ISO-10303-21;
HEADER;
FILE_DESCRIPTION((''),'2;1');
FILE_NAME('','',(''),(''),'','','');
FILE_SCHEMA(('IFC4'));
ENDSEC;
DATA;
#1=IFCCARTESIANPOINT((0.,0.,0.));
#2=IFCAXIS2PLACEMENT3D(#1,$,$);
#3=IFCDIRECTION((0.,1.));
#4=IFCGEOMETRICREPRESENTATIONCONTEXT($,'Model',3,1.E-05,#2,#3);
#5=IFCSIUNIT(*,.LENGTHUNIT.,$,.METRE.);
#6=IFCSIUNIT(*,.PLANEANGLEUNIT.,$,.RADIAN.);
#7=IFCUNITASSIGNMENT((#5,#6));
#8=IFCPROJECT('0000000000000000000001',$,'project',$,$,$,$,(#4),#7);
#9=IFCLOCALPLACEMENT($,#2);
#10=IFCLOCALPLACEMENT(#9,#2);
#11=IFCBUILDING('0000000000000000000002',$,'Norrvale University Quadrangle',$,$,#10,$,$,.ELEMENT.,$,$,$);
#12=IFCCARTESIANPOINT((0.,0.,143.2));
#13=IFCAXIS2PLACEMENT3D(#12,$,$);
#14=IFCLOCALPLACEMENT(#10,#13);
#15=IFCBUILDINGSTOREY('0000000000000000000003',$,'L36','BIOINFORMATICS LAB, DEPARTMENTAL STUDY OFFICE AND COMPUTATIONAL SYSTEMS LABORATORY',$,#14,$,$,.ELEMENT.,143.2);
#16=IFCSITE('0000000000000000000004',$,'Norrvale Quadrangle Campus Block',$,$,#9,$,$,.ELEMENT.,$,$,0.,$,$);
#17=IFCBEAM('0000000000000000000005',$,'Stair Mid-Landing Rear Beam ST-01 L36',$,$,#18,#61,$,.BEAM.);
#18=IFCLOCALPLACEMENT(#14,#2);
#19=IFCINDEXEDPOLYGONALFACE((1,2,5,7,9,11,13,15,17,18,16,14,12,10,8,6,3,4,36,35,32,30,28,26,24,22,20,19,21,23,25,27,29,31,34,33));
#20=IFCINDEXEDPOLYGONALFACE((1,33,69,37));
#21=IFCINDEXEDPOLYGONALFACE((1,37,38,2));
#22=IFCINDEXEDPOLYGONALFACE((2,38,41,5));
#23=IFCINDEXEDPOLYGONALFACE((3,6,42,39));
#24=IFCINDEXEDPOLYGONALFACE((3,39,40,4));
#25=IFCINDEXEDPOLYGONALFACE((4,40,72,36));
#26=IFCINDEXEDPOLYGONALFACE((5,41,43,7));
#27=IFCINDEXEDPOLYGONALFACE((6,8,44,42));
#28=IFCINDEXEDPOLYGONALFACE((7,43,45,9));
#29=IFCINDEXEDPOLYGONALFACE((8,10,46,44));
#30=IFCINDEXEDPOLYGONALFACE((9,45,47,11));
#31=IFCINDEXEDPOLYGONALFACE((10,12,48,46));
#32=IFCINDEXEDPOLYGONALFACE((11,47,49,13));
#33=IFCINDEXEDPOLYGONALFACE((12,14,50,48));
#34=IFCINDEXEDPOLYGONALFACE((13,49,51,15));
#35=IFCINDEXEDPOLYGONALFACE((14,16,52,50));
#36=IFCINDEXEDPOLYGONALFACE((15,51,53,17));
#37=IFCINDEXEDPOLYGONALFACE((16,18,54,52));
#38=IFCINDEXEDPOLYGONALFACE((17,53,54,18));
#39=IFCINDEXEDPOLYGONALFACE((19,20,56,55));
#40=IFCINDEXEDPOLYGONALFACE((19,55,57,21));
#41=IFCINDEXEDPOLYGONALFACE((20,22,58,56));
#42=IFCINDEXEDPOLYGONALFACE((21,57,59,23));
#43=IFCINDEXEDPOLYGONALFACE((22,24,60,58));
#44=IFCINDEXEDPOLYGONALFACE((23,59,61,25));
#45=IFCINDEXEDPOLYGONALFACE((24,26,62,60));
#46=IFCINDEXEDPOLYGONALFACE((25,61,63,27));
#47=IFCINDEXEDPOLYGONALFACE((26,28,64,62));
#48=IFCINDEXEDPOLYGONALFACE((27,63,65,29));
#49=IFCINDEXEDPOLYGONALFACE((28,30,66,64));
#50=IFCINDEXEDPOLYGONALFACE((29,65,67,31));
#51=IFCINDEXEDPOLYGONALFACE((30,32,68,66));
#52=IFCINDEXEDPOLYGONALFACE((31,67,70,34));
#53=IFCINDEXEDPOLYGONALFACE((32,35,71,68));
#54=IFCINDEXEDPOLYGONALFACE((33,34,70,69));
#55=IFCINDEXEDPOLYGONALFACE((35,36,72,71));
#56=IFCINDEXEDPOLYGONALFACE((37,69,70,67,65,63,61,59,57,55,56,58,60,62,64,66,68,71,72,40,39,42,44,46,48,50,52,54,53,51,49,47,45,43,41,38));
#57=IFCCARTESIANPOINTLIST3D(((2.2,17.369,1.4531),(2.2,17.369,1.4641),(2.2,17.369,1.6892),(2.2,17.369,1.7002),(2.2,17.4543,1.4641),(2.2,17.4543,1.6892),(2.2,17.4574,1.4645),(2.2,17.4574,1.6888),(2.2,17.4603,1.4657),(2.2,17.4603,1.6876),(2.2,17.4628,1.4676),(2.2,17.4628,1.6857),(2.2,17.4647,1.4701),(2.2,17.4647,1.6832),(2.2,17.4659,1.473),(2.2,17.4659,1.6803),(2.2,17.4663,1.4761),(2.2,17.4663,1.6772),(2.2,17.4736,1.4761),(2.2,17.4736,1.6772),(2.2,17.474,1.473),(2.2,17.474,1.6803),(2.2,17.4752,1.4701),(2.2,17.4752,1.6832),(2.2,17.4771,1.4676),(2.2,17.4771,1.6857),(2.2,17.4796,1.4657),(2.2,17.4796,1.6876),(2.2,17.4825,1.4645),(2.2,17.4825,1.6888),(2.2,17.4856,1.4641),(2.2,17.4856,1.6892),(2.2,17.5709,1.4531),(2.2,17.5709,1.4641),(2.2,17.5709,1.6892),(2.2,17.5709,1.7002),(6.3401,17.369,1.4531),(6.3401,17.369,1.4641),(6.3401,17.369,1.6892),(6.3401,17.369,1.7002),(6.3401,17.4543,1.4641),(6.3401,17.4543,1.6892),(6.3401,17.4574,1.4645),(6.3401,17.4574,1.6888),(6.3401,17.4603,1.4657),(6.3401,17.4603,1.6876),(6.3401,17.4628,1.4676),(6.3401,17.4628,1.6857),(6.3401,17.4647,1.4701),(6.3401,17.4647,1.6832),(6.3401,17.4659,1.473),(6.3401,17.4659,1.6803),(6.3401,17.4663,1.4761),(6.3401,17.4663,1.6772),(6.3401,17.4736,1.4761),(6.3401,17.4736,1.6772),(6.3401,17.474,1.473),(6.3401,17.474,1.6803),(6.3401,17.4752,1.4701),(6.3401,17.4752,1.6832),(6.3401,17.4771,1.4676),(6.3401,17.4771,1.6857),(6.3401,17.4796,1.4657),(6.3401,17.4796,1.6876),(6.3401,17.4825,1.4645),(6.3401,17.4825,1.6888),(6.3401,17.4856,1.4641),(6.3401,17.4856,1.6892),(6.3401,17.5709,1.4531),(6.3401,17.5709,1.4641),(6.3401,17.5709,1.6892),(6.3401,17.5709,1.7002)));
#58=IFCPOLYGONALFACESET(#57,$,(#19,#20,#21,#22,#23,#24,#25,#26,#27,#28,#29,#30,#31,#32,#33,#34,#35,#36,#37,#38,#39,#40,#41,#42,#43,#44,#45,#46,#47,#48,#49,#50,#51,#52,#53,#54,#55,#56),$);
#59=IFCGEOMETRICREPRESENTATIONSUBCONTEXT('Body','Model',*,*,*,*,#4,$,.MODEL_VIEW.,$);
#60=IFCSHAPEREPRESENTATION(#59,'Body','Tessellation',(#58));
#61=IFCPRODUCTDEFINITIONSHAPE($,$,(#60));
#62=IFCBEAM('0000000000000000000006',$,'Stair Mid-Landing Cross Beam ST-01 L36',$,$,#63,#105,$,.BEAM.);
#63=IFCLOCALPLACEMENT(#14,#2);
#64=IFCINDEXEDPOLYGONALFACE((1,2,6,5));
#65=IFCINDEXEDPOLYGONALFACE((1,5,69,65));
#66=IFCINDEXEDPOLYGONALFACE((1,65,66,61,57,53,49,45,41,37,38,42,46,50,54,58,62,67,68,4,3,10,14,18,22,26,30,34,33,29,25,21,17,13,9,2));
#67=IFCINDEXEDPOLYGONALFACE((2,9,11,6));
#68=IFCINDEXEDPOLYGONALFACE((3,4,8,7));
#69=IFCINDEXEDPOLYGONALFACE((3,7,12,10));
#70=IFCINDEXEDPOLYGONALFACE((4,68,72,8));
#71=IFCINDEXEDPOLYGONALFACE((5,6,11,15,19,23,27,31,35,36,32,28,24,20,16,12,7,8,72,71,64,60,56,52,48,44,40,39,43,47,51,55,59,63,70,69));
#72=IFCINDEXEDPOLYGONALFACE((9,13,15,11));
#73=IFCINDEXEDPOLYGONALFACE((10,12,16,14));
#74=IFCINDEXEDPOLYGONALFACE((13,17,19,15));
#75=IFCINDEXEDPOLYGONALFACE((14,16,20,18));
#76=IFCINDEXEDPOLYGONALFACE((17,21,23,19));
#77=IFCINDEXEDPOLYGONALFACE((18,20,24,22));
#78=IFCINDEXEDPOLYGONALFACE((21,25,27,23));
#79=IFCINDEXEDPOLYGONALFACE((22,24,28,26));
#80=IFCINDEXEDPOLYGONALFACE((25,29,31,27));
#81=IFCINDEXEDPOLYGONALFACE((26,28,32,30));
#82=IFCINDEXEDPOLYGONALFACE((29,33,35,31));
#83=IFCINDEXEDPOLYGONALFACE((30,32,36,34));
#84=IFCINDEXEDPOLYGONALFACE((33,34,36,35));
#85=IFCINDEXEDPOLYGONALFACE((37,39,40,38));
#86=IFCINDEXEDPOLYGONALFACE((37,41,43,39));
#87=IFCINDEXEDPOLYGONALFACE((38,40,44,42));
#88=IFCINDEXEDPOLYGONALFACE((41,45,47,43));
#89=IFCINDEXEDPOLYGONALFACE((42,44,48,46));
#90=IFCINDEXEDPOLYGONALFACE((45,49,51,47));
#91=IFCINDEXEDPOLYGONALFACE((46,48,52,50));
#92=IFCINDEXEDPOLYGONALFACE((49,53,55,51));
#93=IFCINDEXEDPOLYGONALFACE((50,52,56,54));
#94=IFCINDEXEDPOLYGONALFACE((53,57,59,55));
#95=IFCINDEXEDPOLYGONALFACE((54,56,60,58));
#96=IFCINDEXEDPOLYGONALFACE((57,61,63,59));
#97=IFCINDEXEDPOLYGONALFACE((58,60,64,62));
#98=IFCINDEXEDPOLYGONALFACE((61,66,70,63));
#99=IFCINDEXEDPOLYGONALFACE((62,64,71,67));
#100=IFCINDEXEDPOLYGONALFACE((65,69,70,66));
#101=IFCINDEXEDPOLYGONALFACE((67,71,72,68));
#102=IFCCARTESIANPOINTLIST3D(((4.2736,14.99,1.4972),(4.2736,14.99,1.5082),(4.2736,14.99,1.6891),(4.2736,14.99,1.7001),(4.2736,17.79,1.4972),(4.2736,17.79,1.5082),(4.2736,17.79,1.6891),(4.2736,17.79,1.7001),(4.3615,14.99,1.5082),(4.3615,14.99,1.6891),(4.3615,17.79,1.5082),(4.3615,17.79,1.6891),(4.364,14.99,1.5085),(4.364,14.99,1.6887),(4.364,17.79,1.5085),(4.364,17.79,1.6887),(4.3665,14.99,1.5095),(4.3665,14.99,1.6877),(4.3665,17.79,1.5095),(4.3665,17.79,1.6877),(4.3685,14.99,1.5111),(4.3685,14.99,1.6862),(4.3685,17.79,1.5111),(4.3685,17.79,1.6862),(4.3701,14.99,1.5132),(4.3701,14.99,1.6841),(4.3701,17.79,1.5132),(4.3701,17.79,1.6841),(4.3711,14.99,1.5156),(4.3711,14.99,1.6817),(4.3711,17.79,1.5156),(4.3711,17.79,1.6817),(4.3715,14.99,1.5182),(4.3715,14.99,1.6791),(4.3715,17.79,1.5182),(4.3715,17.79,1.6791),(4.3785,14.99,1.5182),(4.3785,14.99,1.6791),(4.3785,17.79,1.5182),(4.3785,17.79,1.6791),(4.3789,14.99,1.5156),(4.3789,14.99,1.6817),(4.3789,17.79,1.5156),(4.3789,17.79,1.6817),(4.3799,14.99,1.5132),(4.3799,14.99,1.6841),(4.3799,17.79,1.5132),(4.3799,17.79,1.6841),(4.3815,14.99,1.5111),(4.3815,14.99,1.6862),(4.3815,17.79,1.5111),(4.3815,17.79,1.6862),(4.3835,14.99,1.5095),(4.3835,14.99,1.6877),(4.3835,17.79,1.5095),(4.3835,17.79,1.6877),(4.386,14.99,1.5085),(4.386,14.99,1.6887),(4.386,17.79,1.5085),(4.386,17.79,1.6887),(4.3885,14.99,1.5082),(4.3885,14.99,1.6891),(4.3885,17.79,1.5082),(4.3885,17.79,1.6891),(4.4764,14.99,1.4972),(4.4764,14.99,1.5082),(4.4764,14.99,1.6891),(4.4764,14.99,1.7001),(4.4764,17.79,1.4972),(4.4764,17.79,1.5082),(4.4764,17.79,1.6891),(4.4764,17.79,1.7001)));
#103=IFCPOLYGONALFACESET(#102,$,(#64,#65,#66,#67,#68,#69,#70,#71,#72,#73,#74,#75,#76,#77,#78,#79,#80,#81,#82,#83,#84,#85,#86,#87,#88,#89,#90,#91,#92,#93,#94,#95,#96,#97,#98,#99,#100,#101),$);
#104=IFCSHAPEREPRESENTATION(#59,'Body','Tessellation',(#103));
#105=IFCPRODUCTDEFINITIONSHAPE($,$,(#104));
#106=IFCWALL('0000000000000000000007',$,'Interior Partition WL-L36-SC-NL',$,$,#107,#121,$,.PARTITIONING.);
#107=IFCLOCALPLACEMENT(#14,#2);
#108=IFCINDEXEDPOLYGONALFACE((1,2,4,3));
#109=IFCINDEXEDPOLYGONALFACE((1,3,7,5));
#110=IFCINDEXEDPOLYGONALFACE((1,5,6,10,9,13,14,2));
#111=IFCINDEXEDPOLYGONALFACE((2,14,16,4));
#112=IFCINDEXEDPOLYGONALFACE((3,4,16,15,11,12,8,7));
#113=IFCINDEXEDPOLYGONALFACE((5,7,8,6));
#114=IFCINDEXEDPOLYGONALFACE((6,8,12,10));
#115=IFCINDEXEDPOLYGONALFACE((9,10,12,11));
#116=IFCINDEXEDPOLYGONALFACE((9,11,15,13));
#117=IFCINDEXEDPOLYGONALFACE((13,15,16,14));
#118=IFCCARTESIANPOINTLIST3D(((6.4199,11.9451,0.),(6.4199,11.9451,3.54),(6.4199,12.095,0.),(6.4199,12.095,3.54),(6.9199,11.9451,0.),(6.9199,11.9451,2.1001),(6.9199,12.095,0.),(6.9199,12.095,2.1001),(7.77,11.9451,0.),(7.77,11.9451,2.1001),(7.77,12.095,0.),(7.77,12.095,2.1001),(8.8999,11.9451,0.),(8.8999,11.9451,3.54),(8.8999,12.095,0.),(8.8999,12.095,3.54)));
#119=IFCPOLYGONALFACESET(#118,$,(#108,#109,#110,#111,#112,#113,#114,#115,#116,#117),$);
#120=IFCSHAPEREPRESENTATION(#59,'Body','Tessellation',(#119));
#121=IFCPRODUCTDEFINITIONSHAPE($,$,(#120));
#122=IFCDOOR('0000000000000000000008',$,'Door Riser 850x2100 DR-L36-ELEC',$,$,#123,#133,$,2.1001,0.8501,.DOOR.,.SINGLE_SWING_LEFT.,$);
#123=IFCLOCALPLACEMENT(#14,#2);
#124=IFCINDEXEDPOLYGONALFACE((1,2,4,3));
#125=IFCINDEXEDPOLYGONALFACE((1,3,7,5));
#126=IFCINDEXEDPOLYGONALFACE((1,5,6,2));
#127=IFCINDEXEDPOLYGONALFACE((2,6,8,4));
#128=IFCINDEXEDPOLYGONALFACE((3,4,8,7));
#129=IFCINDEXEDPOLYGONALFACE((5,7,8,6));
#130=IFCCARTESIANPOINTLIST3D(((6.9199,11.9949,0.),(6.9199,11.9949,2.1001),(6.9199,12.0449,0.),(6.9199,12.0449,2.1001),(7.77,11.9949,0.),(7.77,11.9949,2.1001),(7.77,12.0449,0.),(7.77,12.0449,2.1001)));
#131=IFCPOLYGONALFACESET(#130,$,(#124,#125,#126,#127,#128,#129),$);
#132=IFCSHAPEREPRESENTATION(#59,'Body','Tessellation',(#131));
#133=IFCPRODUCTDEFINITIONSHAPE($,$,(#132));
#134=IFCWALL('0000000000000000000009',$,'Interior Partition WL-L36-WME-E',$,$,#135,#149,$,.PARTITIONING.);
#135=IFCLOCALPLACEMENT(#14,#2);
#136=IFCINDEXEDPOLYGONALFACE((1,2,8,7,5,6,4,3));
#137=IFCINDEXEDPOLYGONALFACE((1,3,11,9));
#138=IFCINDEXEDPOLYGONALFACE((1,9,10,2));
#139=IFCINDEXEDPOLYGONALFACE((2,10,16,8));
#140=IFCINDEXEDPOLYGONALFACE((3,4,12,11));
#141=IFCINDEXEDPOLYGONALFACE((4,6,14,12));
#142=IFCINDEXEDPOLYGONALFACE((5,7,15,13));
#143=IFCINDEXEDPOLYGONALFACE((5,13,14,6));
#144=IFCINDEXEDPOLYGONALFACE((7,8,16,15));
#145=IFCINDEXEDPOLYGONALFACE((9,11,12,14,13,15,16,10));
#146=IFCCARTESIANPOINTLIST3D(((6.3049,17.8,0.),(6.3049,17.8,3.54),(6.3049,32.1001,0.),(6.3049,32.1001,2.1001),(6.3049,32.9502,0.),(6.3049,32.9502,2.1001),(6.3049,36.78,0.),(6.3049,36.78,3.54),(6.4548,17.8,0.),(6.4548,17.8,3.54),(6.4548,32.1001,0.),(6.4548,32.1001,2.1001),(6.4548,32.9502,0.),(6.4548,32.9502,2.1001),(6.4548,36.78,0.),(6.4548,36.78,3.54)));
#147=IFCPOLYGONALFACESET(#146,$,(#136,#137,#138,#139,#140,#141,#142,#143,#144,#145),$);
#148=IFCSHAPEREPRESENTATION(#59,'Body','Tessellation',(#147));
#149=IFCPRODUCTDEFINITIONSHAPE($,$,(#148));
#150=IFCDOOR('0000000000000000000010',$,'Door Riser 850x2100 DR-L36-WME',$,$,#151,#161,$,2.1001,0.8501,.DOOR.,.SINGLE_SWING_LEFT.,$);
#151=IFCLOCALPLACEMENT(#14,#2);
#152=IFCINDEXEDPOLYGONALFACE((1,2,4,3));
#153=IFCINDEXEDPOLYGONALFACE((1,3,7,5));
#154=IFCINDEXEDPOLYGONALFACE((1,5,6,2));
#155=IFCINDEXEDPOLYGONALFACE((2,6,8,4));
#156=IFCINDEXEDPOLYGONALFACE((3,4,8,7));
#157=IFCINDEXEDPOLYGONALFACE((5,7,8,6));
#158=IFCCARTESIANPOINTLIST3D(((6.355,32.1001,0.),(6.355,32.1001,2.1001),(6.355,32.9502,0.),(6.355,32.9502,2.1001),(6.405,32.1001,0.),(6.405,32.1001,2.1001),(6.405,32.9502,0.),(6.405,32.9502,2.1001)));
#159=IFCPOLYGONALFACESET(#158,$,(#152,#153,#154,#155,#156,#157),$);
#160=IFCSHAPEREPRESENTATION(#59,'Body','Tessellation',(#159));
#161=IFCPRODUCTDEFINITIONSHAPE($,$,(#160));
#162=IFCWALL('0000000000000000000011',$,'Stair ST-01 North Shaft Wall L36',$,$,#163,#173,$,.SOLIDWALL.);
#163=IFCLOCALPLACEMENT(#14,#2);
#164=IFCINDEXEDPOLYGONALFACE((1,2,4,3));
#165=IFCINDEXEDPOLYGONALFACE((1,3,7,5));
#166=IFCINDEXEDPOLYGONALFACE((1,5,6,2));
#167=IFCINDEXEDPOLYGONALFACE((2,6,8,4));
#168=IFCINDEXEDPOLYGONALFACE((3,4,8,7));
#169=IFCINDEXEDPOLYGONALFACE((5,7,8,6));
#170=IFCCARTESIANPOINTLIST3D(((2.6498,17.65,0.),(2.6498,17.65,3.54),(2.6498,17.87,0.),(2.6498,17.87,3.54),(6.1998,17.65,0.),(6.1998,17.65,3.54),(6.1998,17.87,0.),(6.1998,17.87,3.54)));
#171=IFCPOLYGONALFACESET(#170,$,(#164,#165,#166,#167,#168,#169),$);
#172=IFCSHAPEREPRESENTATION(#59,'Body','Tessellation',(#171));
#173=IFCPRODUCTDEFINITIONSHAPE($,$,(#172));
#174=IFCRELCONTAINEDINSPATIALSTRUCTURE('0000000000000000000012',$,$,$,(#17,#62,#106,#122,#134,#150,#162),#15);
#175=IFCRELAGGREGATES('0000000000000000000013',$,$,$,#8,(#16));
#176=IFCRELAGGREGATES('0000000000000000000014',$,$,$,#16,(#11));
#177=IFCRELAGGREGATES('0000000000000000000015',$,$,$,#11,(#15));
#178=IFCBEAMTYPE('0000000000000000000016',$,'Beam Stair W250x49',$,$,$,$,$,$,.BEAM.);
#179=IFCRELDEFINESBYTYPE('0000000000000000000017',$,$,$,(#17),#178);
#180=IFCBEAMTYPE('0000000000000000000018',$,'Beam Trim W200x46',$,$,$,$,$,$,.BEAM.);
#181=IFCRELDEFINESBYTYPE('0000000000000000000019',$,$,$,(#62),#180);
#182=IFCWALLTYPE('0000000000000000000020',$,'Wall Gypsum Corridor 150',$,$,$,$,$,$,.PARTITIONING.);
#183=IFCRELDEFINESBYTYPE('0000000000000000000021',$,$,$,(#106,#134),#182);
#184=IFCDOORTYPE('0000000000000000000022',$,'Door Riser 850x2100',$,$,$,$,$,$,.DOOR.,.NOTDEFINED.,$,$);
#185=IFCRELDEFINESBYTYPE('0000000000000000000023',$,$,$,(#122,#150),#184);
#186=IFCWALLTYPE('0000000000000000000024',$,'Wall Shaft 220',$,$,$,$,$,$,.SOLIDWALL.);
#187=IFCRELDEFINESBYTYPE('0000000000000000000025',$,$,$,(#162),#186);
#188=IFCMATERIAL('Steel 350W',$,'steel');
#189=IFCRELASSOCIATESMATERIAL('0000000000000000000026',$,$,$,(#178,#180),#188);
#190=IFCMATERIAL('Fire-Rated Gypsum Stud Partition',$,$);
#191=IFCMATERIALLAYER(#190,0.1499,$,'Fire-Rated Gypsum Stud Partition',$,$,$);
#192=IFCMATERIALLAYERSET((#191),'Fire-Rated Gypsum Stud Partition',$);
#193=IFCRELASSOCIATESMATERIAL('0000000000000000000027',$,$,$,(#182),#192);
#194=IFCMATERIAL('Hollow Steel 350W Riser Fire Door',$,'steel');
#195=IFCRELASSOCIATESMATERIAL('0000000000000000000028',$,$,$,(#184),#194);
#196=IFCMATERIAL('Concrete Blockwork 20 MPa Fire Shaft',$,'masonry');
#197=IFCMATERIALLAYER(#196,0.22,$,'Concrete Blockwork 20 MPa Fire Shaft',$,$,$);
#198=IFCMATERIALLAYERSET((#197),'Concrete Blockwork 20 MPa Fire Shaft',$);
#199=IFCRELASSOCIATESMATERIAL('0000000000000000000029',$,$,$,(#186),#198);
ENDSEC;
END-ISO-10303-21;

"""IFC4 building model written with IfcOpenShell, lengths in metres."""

from ifc_helpers import new_model, si_unit, direction, frame, frame_2d, origin, origin_2d, place, context, subcontext, project, spatial, rectangle, i_section, extrude, material, layer, layer_set, material_profile, profile_set, type_object, element, fill, save


model = new_model("IFC4")

# Units and contexts
model_context = context("Model", 3, precision=1e-05, world=origin(), true_north=direction((0.0, 1.0)))
body_context = subcontext(model_context, "Body", "Model", "MODEL_VIEW")
ifc_project = project(units=[si_unit("LENGTHUNIT", "METRE"), si_unit("PLANEANGLEUNIT", "RADIAN")], contexts=[model_context])

# Site, building, storey
site_placement = place(None, origin())
site = spatial("IfcSite", under=ifc_project, at=site_placement, Name="Norrvale Quadrangle Campus Block", CompositionType="ELEMENT", RefElevation=0.0)
building_placement = place(site_placement, origin())
building = spatial("IfcBuilding", under=site, at=building_placement, Name="Norrvale University Quadrangle", CompositionType="ELEMENT")
storey_placement = place(building_placement, frame((0.0, 0.0, 143.2)))
storey = spatial("IfcBuildingStorey", under=building, at=storey_placement, Name="L36", Description="BIOINFORMATICS LAB, DEPARTMENTAL STUDY OFFICE AND COMPUTATIONAL SYSTEMS LABORATORY", CompositionType="ELEMENT", Elevation=143.2)

# Beams
ifc_material_1 = material(Name="Steel 350W", Category="steel")
ifc_material_profile_1 = material_profile(ifc_material_1, i_section(OverallWidth=0.2019, OverallDepth=0.2471, WebThickness=0.0073, FlangeThickness=0.011, FilletRadius=0.012, at=origin_2d()), Name="Steel 350W")
ifc_profile_set_1 = profile_set([ifc_material_profile_1], Name="Steel 350W")
beam_type_1 = type_object("IfcBeamType", Name="Beam Stair W250x49", PredefinedType="BEAM", material=ifc_profile_set_1)
for number, where, z_axis, x_axis, name in (
    (1, (2.2, 17.47, 1.5767), (1.0, 0.0, 0.0), (0.0, 1.0, 0.0), "Stair Mid-Landing Rear Beam ST-01 L36"),
):
    element("IfcBeam", number, at=place(storey_placement, frame(where, z_axis=z_axis, x_axis=x_axis)), inside=storey, type_object=beam_type_1, Name=name, PredefinedType="BEAM", context=body_context, shape_type="SweptSolid", body=[
        extrude(i_section(OverallWidth=0.2019, OverallDepth=0.2471, WebThickness=0.0073, FlangeThickness=0.011, FilletRadius=0.012, at=origin_2d()), origin(), (0.0, 0.0, 1.0), 4.1401),
    ])
ifc_material_profile_2 = material_profile(ifc_material_1, i_section(OverallWidth=0.2029, OverallDepth=0.2029, WebThickness=0.0071, FlangeThickness=0.011, FilletRadius=0.01, at=origin_2d()), Name="Steel 350W")
ifc_profile_set_2 = profile_set([ifc_material_profile_2], Name="Steel 350W")
beam_type_2 = type_object("IfcBeamType", Name="Beam Trim W200x46", PredefinedType="BEAM", material=ifc_profile_set_2)
beam_1_placement = place(storey_placement, frame((4.375, 14.99, 1.5986), z_axis=(0.0, 1.0, 0.0), x_axis=(-1.0, 0.0, 0.0)))
element("IfcBeam", 2, at=beam_1_placement, inside=storey, type_object=beam_type_2, Name="Stair Mid-Landing Cross Beam ST-01 L36", PredefinedType="BEAM", context=body_context, shape_type="SweptSolid", body=[
    extrude(i_section(OverallWidth=0.2029, OverallDepth=0.2029, WebThickness=0.0071, FlangeThickness=0.011, FilletRadius=0.01, at=origin_2d()), origin(), (0.0, 0.0, 1.0), 2.8),
])

# Walls, openings, doors
ifc_material_2 = material(Name="Fire-Rated Gypsum Stud Partition")
ifc_layer_1 = layer(ifc_material_2, 0.1499, Name="Fire-Rated Gypsum Stud Partition")
ifc_layer_set_1 = layer_set([ifc_layer_1], Name="Fire-Rated Gypsum Stud Partition")
wall_type_1 = type_object("IfcWallType", Name="Wall Gypsum Corridor 150", PredefinedType="PARTITIONING", material=ifc_layer_set_1)
wall_1_placement = place(storey_placement, frame((6.4199, 12.02, 0.0), z_axis=(0.0, 0.0, 1.0), x_axis=(1.0, 0.0, 0.0)))
wall_1 = element("IfcWall", 3, at=wall_1_placement, inside=storey, type_object=wall_type_1, Name="Interior Partition WL-L36-SC-NL", PredefinedType="PARTITIONING", context=body_context, shape_type="SweptSolid", body=[
    extrude(rectangle(XDim=2.48, YDim=0.1499, at=frame_2d((1.24, 0.0))), origin(), (0.0, 0.0, 1.0), 3.54),
])
opening_1_placement = place(wall_1_placement, frame((0.5, 0.0, 0.0)))
opening_1 = element("IfcOpeningElement", 4, at=opening_1_placement, cuts=wall_1, PredefinedType="OPENING", context=body_context, shape_type="SweptSolid", body=[
    extrude(rectangle(XDim=0.8501, YDim=2.1001, at=frame_2d((0.425, 1.05))), frame((0.0, 0.0869, 0.0), z_axis=(0.0, -1.0, 0.0), x_axis=(1.0, 0.0, 0.0)), (0.0, 0.0, 1.0), 0.1738),
])
ifc_material_3 = material(Name="Hollow Steel 350W Riser Fire Door", Category="steel")
door_type = type_object("IfcDoorType", Name="Door Riser 850x2100", OperationType="NOTDEFINED", PredefinedType="DOOR", material=ifc_material_3)
door_1_placement = place(opening_1_placement, origin())
door_1 = element("IfcDoor", 5, at=door_1_placement, inside=storey, type_object=door_type, Name="Door Riser 850x2100 DR-L36-ELEC", OperationType="SINGLE_SWING_LEFT", OverallHeight=2.1001, OverallWidth=0.8501, PredefinedType="DOOR", context=body_context, shape_type="SweptSolid", body=[
    extrude(rectangle(XDim=0.8501, YDim=2.1001, at=frame_2d((0.425, 1.05))), frame((0.0, 0.0249, 0.0), z_axis=(0.0, -1.0, 0.0), x_axis=(1.0, 0.0, 0.0)), (0.0, 0.0, 1.0), 0.05),
])
fill(opening_1, door_1)
wall_2_placement = place(storey_placement, frame((6.3799, 17.8, 0.0), z_axis=(0.0, 0.0, 1.0), x_axis=(0.0, 1.0, 0.0)))
wall_2 = element("IfcWall", 6, at=wall_2_placement, inside=storey, type_object=wall_type_1, Name="Interior Partition WL-L36-WME-E", PredefinedType="PARTITIONING", context=body_context, shape_type="SweptSolid", body=[
    extrude(rectangle(XDim=18.98, YDim=0.1499, at=frame_2d((9.49, 0.0))), origin(), (0.0, 0.0, 1.0), 3.54),
])
opening_2_placement = place(wall_2_placement, frame((14.3, 0.0, 0.0)))
opening_2 = element("IfcOpeningElement", 7, at=opening_2_placement, cuts=wall_2, PredefinedType="OPENING", context=body_context, shape_type="SweptSolid", body=[
    extrude(rectangle(XDim=0.8501, YDim=2.1001, at=frame_2d((0.425, 1.05))), frame((0.0, 0.0869, 0.0), z_axis=(0.0, -1.0, 0.0), x_axis=(1.0, 0.0, 0.0)), (0.0, 0.0, 1.0), 0.1738),
])
door_2_placement = place(opening_2_placement, origin())
door_2 = element("IfcDoor", 8, at=door_2_placement, inside=storey, type_object=door_type, Name="Door Riser 850x2100 DR-L36-WME", OperationType="SINGLE_SWING_LEFT", OverallHeight=2.1001, OverallWidth=0.8501, PredefinedType="DOOR", context=body_context, shape_type="SweptSolid", body=[
    extrude(rectangle(XDim=0.8501, YDim=2.1001, at=frame_2d((0.425, 1.05))), frame((0.0, 0.0249, 0.0), z_axis=(0.0, -1.0, 0.0), x_axis=(1.0, 0.0, 0.0)), (0.0, 0.0, 1.0), 0.05),
])
fill(opening_2, door_2)

# Wall
ifc_material_4 = material(Name="Concrete Blockwork 20 MPa Fire Shaft", Category="masonry")
ifc_layer_2 = layer(ifc_material_4, 0.22, Name="Concrete Blockwork 20 MPa Fire Shaft")
ifc_layer_set_2 = layer_set([ifc_layer_2], Name="Concrete Blockwork 20 MPa Fire Shaft")
wall_type_2 = type_object("IfcWallType", Name="Wall Shaft 220", PredefinedType="SOLIDWALL", material=ifc_layer_set_2)
wall_3_placement = place(storey_placement, frame((2.6499, 17.76, 0.0), z_axis=(0.0, 0.0, 1.0), x_axis=(1.0, 0.0, 0.0)))
element("IfcWall", 9, at=wall_3_placement, inside=storey, type_object=wall_type_2, Name="Stair ST-01 North Shaft Wall L36", PredefinedType="SOLIDWALL", context=body_context, shape_type="SweptSolid", body=[
    extrude(rectangle(XDim=3.55, YDim=0.22, at=frame_2d((1.7749, 0.0))), origin(), (0.0, 0.0, 1.0), 3.54),
])

save(model, "model.ifc")
